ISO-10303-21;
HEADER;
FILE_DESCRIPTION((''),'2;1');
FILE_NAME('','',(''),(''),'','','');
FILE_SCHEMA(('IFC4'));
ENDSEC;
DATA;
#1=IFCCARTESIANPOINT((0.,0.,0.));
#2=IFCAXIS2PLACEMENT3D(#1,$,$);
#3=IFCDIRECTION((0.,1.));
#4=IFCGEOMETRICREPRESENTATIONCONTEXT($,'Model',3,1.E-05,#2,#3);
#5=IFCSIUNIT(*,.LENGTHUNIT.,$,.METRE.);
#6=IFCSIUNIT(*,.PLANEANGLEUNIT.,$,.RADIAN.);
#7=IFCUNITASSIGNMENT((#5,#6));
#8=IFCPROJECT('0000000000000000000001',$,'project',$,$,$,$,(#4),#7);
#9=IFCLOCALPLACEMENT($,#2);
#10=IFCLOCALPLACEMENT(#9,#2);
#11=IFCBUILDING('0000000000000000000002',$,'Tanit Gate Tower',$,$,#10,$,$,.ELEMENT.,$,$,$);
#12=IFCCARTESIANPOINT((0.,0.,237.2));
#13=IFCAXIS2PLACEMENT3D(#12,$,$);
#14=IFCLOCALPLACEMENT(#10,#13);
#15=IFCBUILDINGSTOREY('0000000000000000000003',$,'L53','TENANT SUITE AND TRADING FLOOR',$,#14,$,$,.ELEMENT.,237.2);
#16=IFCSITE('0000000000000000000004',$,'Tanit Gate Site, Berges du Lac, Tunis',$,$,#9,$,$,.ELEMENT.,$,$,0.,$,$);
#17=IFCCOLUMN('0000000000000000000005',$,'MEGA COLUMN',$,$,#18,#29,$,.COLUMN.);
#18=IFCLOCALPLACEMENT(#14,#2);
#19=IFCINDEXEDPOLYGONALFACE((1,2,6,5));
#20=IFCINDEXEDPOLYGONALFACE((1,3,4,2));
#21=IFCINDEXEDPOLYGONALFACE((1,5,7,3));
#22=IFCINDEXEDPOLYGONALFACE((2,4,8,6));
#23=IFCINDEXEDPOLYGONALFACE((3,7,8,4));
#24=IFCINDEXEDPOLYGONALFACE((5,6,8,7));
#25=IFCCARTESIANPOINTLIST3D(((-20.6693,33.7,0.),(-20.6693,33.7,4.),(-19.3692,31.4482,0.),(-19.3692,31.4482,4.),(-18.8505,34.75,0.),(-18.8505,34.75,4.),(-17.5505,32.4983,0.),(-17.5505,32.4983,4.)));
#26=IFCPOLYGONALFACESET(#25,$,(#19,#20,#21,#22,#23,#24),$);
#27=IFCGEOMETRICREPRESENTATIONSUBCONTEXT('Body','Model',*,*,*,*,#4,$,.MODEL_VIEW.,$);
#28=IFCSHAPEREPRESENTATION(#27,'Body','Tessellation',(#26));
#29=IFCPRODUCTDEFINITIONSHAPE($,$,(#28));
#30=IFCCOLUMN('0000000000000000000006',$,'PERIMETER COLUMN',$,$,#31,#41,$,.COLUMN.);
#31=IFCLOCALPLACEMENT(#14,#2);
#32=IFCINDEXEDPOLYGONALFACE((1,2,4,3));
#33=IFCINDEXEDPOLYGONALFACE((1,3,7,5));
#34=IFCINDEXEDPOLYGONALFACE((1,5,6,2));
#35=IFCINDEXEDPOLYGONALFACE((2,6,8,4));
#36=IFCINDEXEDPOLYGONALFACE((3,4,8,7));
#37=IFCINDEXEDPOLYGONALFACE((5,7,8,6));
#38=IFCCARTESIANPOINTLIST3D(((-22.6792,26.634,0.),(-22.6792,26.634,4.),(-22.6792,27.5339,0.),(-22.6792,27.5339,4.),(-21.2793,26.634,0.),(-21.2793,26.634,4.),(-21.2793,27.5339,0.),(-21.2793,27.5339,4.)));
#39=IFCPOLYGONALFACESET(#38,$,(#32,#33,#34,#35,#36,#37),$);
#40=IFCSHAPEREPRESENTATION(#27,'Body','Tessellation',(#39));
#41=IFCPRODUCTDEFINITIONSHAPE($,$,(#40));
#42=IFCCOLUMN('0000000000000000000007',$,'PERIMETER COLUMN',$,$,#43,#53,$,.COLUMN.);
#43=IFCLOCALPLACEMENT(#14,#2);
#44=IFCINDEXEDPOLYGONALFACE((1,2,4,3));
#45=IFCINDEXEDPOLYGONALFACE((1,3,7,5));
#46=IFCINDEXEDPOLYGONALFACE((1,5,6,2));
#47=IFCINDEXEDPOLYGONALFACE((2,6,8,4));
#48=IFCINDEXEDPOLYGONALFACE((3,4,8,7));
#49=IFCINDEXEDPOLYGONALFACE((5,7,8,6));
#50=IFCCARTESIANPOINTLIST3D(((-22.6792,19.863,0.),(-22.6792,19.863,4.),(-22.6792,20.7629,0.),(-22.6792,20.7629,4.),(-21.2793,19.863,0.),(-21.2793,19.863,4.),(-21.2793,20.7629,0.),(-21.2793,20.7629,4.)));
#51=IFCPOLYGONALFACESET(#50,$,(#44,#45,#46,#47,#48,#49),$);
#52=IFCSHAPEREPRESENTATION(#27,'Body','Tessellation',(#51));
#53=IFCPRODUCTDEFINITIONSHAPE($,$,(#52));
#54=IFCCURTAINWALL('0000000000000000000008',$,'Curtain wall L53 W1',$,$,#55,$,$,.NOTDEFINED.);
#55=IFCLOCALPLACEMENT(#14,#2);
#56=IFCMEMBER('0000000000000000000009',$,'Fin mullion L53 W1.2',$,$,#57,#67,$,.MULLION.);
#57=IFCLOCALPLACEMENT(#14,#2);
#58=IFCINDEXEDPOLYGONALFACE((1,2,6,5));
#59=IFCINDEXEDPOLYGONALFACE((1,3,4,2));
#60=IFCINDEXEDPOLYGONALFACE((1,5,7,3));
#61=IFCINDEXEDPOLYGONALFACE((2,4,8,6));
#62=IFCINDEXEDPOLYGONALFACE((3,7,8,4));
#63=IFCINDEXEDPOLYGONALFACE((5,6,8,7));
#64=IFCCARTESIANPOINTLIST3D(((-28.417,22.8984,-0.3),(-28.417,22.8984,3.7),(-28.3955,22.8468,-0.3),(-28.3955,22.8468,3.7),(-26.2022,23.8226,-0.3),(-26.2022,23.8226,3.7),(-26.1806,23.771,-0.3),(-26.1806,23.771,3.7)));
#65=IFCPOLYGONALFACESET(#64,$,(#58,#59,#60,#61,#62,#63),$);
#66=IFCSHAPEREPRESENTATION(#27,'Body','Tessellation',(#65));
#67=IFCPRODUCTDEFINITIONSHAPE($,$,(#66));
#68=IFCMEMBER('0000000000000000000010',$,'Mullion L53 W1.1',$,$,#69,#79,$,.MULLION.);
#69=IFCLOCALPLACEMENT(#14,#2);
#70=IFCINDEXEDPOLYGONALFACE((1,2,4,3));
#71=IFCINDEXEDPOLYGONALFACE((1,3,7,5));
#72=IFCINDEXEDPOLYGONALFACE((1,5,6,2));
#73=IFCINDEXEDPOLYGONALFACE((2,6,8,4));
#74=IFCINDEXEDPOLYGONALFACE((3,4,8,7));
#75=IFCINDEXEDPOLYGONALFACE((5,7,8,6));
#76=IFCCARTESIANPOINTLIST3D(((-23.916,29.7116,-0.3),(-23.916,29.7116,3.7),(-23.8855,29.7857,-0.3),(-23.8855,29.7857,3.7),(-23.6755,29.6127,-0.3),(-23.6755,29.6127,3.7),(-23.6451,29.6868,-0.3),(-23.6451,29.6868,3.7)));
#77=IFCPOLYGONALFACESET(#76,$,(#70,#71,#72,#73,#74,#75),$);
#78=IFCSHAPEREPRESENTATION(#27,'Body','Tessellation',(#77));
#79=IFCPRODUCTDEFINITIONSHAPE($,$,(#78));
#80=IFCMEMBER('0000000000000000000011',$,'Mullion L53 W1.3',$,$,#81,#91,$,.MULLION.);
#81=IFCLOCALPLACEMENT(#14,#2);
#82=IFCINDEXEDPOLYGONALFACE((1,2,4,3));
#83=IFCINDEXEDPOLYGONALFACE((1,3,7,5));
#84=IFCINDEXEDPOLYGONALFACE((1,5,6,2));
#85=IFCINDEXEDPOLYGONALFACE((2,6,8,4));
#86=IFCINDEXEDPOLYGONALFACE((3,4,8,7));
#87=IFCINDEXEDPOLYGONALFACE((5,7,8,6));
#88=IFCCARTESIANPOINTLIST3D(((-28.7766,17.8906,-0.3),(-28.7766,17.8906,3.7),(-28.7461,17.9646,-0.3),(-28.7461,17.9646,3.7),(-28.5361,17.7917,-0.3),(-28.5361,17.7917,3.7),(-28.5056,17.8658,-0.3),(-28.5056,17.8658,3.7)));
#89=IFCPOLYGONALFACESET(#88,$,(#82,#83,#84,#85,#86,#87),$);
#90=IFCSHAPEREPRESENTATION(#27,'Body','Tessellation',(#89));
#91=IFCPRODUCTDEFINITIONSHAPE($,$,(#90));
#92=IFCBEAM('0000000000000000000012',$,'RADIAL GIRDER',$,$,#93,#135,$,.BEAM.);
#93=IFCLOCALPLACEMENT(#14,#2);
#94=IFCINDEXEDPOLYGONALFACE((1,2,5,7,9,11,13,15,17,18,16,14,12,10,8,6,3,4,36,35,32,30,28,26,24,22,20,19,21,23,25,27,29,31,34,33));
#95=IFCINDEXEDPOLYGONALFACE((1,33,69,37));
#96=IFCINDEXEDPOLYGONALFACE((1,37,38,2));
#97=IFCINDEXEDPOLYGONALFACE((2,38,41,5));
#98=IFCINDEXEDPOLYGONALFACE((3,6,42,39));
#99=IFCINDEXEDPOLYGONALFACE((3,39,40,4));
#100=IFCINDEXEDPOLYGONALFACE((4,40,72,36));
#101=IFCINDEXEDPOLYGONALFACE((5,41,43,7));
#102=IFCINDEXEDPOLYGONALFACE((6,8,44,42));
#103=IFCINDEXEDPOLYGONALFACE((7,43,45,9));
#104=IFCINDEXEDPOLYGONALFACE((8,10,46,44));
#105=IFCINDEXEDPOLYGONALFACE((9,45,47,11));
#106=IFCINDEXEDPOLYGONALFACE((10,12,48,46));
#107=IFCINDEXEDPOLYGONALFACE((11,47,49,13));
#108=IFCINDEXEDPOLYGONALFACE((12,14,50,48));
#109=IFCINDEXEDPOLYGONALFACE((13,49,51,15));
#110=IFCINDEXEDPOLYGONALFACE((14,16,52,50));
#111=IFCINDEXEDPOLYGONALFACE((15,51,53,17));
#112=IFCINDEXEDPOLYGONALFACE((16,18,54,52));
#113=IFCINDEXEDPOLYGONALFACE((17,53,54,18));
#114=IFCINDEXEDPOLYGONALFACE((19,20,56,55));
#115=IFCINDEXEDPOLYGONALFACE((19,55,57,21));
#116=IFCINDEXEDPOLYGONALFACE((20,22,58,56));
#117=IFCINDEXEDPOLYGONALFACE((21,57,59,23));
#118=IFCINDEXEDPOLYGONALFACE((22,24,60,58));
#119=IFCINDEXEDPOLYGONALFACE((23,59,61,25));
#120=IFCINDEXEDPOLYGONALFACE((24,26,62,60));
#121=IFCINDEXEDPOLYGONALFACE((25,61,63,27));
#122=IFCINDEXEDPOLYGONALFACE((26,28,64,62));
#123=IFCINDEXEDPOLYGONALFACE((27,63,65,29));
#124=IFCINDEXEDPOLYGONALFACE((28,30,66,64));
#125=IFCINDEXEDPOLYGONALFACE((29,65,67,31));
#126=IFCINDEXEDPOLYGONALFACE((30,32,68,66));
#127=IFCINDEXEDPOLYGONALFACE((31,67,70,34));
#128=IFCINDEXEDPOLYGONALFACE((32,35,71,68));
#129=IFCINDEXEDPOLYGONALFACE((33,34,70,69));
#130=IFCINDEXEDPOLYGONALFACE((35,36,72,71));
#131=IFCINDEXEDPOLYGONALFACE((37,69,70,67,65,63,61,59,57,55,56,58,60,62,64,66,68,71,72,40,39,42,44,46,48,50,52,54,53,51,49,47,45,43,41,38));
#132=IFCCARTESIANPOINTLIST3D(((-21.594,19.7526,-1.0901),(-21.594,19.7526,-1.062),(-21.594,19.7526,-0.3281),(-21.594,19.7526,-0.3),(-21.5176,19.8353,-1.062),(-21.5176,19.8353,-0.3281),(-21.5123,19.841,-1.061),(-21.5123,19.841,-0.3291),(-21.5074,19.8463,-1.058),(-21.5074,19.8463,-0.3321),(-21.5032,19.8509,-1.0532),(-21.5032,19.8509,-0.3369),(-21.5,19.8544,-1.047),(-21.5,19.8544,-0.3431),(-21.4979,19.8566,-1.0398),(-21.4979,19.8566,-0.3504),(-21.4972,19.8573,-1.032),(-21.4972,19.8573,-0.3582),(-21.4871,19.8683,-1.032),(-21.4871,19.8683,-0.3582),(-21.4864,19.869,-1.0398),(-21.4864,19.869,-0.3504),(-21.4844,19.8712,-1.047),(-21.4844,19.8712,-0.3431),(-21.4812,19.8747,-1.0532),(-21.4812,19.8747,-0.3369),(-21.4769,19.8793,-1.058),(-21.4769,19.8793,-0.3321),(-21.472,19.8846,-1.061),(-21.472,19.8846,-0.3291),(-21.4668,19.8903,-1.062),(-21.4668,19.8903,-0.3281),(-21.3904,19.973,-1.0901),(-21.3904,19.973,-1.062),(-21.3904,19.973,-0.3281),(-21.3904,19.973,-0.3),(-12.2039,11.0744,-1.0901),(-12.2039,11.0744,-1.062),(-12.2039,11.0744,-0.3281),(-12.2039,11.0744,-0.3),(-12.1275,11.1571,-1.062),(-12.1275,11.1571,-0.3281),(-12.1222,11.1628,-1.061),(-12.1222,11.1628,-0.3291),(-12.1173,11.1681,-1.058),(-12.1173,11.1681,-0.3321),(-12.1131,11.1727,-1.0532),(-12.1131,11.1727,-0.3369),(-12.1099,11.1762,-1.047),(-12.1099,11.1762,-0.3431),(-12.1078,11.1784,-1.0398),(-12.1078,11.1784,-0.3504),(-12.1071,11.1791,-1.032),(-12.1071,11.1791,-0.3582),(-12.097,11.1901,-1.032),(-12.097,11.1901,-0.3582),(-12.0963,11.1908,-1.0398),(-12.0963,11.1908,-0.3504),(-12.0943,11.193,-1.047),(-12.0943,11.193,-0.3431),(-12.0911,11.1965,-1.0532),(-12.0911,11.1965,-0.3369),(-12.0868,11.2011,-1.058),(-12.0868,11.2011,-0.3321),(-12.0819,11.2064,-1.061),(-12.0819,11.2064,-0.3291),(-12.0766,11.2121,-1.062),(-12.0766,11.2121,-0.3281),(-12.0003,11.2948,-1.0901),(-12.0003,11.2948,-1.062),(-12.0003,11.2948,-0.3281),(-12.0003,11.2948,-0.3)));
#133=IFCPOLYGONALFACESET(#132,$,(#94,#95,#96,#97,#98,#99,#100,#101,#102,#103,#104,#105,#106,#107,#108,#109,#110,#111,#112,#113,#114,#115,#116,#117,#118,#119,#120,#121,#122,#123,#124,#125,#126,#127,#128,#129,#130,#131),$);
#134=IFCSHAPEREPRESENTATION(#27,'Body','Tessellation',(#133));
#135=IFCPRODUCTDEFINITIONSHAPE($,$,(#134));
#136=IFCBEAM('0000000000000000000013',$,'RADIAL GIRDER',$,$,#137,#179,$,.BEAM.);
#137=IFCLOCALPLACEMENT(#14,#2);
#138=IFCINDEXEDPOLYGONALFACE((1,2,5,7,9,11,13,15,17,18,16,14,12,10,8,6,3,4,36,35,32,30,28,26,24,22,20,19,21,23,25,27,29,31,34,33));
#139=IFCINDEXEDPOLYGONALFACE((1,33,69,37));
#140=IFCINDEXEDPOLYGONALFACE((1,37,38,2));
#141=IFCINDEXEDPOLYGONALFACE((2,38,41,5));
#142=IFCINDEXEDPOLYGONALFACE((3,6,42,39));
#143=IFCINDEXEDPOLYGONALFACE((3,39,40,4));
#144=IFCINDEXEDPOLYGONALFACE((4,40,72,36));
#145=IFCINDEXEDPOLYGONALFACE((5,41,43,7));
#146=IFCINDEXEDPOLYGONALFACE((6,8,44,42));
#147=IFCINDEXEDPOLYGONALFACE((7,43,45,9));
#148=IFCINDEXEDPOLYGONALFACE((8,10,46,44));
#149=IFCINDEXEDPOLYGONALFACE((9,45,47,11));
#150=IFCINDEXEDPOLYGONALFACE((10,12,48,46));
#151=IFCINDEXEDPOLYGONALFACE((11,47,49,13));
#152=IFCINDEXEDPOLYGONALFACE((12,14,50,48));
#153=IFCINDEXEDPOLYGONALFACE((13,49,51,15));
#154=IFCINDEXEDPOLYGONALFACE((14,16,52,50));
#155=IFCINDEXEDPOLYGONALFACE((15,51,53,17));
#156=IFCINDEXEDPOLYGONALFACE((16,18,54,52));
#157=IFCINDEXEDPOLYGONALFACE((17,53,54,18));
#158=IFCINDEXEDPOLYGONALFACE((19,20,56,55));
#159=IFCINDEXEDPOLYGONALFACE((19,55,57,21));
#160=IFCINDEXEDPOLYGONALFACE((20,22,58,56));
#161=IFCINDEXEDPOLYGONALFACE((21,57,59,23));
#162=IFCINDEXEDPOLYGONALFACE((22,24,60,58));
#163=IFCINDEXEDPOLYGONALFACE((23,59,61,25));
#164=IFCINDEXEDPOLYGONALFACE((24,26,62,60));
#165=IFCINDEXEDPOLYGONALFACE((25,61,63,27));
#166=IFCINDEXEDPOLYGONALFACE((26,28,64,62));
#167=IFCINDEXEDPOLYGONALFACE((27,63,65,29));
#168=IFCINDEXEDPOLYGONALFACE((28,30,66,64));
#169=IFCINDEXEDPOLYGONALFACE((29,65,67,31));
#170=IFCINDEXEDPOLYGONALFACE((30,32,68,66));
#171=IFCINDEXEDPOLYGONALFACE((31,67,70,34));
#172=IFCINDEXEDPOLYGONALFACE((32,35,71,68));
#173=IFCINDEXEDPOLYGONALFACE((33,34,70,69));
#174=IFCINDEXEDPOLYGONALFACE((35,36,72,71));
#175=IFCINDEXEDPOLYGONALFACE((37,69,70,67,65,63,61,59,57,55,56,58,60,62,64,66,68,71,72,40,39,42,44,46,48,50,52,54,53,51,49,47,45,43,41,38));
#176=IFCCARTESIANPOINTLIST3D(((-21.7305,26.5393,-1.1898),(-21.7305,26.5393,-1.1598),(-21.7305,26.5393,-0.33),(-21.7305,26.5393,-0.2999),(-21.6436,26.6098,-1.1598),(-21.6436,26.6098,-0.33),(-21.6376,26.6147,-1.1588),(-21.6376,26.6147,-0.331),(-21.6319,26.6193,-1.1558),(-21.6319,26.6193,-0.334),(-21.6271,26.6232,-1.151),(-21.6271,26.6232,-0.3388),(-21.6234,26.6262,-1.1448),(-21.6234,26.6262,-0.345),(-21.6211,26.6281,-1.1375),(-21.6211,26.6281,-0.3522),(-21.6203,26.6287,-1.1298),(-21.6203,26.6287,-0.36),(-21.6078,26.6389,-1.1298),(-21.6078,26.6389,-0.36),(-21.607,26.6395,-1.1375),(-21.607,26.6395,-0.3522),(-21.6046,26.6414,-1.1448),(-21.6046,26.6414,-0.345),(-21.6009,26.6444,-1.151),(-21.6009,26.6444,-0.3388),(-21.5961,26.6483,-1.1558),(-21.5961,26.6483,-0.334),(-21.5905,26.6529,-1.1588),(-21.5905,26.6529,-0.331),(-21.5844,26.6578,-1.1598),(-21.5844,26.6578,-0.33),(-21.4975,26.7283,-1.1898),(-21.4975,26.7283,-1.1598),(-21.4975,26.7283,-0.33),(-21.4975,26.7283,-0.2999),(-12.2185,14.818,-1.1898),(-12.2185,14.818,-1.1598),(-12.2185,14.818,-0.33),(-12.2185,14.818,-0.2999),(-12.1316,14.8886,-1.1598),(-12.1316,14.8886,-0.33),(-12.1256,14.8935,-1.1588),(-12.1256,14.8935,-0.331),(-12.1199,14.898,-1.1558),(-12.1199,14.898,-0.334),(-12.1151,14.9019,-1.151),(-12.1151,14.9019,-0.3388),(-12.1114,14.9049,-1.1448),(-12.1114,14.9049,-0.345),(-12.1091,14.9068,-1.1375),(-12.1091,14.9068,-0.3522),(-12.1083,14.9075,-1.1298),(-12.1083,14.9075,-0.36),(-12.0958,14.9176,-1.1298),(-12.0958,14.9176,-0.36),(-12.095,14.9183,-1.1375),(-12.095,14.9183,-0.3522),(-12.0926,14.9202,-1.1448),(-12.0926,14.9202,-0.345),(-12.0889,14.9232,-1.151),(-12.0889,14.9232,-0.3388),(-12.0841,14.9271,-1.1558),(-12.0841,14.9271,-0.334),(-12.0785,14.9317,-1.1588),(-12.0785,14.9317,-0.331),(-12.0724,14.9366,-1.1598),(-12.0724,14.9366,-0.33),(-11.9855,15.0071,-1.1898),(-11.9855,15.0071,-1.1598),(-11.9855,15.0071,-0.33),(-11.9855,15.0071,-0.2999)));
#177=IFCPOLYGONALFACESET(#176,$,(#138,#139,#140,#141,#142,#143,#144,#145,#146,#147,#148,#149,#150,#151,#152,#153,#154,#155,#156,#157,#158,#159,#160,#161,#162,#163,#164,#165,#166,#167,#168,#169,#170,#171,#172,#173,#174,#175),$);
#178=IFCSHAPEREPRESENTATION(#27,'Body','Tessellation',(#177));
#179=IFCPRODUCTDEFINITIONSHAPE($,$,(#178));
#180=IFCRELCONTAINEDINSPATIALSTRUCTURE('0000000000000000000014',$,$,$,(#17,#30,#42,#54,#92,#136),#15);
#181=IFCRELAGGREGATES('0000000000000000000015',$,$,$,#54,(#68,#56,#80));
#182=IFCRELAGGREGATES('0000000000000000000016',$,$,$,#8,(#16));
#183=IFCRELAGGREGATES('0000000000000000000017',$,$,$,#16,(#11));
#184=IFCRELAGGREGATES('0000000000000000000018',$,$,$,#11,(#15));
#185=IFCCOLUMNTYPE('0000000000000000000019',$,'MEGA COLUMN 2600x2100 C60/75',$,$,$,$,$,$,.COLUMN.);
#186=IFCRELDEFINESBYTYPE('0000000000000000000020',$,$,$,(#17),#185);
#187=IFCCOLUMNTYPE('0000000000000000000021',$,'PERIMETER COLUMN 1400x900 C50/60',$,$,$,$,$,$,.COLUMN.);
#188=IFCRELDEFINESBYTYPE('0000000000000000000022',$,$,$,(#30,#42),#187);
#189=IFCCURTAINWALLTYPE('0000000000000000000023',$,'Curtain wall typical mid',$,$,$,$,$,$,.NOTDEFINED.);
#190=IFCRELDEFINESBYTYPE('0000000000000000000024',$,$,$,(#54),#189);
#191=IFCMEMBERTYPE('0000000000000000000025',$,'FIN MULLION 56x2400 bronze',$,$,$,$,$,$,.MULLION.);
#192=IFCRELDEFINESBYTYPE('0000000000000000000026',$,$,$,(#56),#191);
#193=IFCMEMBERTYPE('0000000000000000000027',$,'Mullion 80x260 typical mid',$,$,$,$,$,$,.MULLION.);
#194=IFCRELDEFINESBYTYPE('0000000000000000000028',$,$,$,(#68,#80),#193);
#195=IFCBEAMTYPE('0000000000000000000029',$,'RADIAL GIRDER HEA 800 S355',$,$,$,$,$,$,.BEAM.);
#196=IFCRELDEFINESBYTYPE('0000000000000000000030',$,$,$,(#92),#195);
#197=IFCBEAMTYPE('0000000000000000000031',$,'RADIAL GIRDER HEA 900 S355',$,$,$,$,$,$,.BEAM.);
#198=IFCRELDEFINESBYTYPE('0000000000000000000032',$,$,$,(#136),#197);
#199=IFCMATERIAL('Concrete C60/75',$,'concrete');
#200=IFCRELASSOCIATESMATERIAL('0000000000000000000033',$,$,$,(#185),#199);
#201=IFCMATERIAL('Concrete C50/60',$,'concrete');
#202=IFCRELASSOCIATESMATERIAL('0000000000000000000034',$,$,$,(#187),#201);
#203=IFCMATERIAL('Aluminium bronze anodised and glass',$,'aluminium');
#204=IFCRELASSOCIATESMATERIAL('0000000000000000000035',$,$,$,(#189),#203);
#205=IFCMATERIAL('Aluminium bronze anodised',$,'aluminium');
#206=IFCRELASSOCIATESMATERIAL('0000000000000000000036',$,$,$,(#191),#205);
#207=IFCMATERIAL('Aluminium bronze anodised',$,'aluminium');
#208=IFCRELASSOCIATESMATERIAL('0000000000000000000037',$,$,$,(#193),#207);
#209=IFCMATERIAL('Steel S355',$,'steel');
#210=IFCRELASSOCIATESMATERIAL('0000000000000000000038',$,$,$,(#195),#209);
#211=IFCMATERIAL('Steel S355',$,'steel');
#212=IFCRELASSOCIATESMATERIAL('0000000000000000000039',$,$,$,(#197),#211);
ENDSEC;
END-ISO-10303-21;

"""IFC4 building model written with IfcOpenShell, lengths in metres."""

from ifc_helpers import new_model, si_unit, direction, frame, origin, origin_2d, place, context, subcontext, project, spatial, rectangle, i_section, extrude, material, material_profile, profile_set, type_object, element, aggregate, save


model = new_model("IFC4")

# Units and contexts
model_context = context("Model", 3, precision=1e-05, world=origin(), true_north=direction((0.0, 1.0)))
body_context = subcontext(model_context, "Body", "Model", "MODEL_VIEW")
ifc_project = project(units=[si_unit("LENGTHUNIT", "METRE"), si_unit("PLANEANGLEUNIT", "RADIAN")], contexts=[model_context])

# Site, building, storey
site_placement = place(None, origin())
site = spatial("IfcSite", under=ifc_project, at=site_placement, Name="Tanit Gate Site, Berges du Lac, Tunis", CompositionType="ELEMENT", RefElevation=0.0)
building_placement = place(site_placement, origin())
building = spatial("IfcBuilding", under=site, at=building_placement, Name="Tanit Gate Tower", CompositionType="ELEMENT")
storey_placement = place(building_placement, frame((0.0, 0.0, 237.2)))
storey = spatial("IfcBuildingStorey", under=building, at=storey_placement, Name="L53", Description="TENANT SUITE AND TRADING FLOOR", CompositionType="ELEMENT", Elevation=237.2)

# Columns
ifc_material_1 = material(Name="Concrete C60/75", Category="concrete")
ifc_material_profile_1 = material_profile(ifc_material_1, rectangle(XDim=2.6001, YDim=2.1001, at=origin_2d()), Name="RC 2600x2100")
ifc_profile_set_1 = profile_set([ifc_material_profile_1], Name="Concrete C60/75")
column_type_1 = type_object("IfcColumnType", Name="MEGA COLUMN 2600x2100 C60/75", PredefinedType="COLUMN", material=ifc_profile_set_1)
column_placement = place(storey_placement, frame((-19.1099, 33.0991, 0.0), z_axis=(0.0, 0.0, 1.0), x_axis=(-0.5, 0.866025, 0.0)))
element("IfcColumn", 1, at=column_placement, inside=storey, type_object=column_type_1, Name="MEGA COLUMN", PredefinedType="COLUMN", context=body_context, shape_type="SweptSolid", body=[
    extrude(rectangle(XDim=2.6001, YDim=2.1001, at=origin_2d()), origin(), (0.0, 0.0, 1.0), 4.0),
])
ifc_material_2 = material(Name="Concrete C50/60", Category="concrete")
ifc_material_profile_2 = material_profile(ifc_material_2, rectangle(XDim=1.3999, YDim=0.8999, at=origin_2d()), Name="RC 1400x900")
ifc_profile_set_2 = profile_set([ifc_material_profile_2], Name="Concrete C50/60")
column_type_2 = type_object("IfcColumnType", Name="PERIMETER COLUMN 1400x900 C50/60", PredefinedType="COLUMN", material=ifc_profile_set_2)
for number, where, z_axis, x_axis, name in (
    (2, (-21.9792, 27.084, 0.0), (0.0, 0.0, 1.0), (-1.0, 0.0, 0.0), "PERIMETER COLUMN"),
    (3, (-21.9792, 20.313, 0.0), (0.0, 0.0, 1.0), (-1.0, 0.0, 0.0), "PERIMETER COLUMN"),
):
    element("IfcColumn", number, at=place(storey_placement, frame(where, z_axis=z_axis, x_axis=x_axis)), inside=storey, type_object=column_type_2, Name=name, PredefinedType="COLUMN", context=body_context, shape_type="SweptSolid", body=[
        extrude(rectangle(XDim=1.3999, YDim=0.8999, at=origin_2d()), origin(), (0.0, 0.0, 1.0), 4.0),
    ])

# Curtain wall, members
ifc_material_3 = material(Name="Aluminium bronze anodised and glass", Category="aluminium")
curtain_wall_type = type_object("IfcCurtainWallType", Name="Curtain wall typical mid", PredefinedType="NOTDEFINED", material=ifc_material_3)
curtain_wall_placement = place(storey_placement, origin())
curtain_wall = element("IfcCurtainWall", 4, at=curtain_wall_placement, inside=storey, type_object=curtain_wall_type, Name="Curtain wall L53 W1", PredefinedType="NOTDEFINED")
ifc_material_4 = material(Name="Aluminium bronze anodised", Category="aluminium")
ifc_material_profile_3 = material_profile(ifc_material_4, rectangle(XDim=2.3999, YDim=0.0559, at=origin_2d()), Name="56x2400 bronze fin mullion")
ifc_profile_set_3 = profile_set([ifc_material_profile_3], Name="Aluminium bronze anodised")
member_type_1 = type_object("IfcMemberType", Name="FIN MULLION 56x2400 bronze", PredefinedType="MULLION", material=ifc_profile_set_3)
member_1_placement = place(storey_placement, frame((-27.2988, 23.3347, -0.3), z_axis=(0.0, 0.0, 1.0), x_axis=(0.922886, 0.385074, 0.0)))
member_1 = element("IfcMember", 5, at=member_1_placement, type_object=member_type_1, Name="Fin mullion L53 W1.2", PredefinedType="MULLION", context=body_context, shape_type="SweptSolid", body=[
    extrude(rectangle(XDim=2.3999, YDim=0.0559, at=origin_2d()), origin(), (0.0, 0.0, 1.0), 4.0),
])
ifc_material_5 = material(Name="Aluminium bronze anodised", Category="aluminium")
ifc_material_profile_4 = material_profile(ifc_material_5, rectangle(XDim=0.26, YDim=0.0801, at=origin_2d()), Name="80x260 bronze mullion")
ifc_profile_set_4 = profile_set([ifc_material_profile_4], Name="Aluminium bronze anodised")
member_type_2 = type_object("IfcMemberType", Name="Mullion 80x260 typical mid", PredefinedType="MULLION", material=ifc_profile_set_4)
member_2_placement = place(storey_placement, frame((-23.7805, 29.6992, -0.3), z_axis=(0.0, 0.0, 1.0), x_axis=(0.924867, -0.38029, 0.0)))
member_2 = element("IfcMember", 6, at=member_2_placement, type_object=member_type_2, Name="Mullion L53 W1.1", PredefinedType="MULLION", context=body_context, shape_type="SweptSolid", body=[
    extrude(rectangle(XDim=0.26, YDim=0.0801, at=origin_2d()), origin(), (0.0, 0.0, 1.0), 4.0),
])
member_3_placement = place(storey_placement, frame((-28.6411, 17.8782, -0.3), z_axis=(0.0, 0.0, 1.0), x_axis=(0.924867, -0.38029, 0.0)))
member_3 = element("IfcMember", 7, at=member_3_placement, type_object=member_type_2, Name="Mullion L53 W1.3", PredefinedType="MULLION", context=body_context, shape_type="SweptSolid", body=[
    extrude(rectangle(XDim=0.26, YDim=0.0801, at=origin_2d()), origin(), (0.0, 0.0, 1.0), 4.0),
])

# Beams
ifc_material_6 = material(Name="Steel S355", Category="steel")
ifc_material_profile_5 = material_profile(ifc_material_6, i_section(OverallWidth=0.3, OverallDepth=0.79, WebThickness=0.0149, FlangeThickness=0.0281, FilletRadius=0.03, at=origin_2d()), Name="HEA 800")
ifc_profile_set_5 = profile_set([ifc_material_profile_5], Name="Steel S355")
beam_type_1 = type_object("IfcBeamType", Name="RADIAL GIRDER HEA 800 S355", PredefinedType="BEAM", material=ifc_profile_set_5)
beam_1_placement = place(storey_placement, frame((-21.4922, 19.8628, -0.6951), z_axis=(0.734398, -0.678719, 0.0), x_axis=(0.678719, 0.734398, 0.0)))
element("IfcBeam", 8, at=beam_1_placement, inside=storey, type_object=beam_type_1, Name="RADIAL GIRDER", PredefinedType="BEAM", context=body_context, shape_type="SweptSolid", body=[
    extrude(i_section(OverallWidth=0.3, OverallDepth=0.79, WebThickness=0.0149, FlangeThickness=0.0281, FilletRadius=0.03, at=origin_2d()), origin(), (0.0, 0.0, 1.0), 12.7861),
])
ifc_material_7 = material(Name="Steel S355", Category="steel")
ifc_material_profile_6 = material_profile(ifc_material_7, i_section(OverallWidth=0.3, OverallDepth=0.8899, WebThickness=0.0161, FlangeThickness=0.03, FilletRadius=0.03, at=origin_2d()), Name="HEA 900")
ifc_profile_set_6 = profile_set([ifc_material_profile_6], Name="Steel S355")
beam_type_2 = type_object("IfcBeamType", Name="RADIAL GIRDER HEA 900 S355", PredefinedType="BEAM", material=ifc_profile_set_6)
beam_2_placement = place(storey_placement, frame((-21.614, 26.6338, -0.7449), z_axis=(0.630133, -0.776487, 0.0), x_axis=(0.776487, 0.630133, 0.0)))
element("IfcBeam", 9, at=beam_2_placement, inside=storey, type_object=beam_type_2, Name="RADIAL GIRDER", PredefinedType="BEAM", context=body_context, shape_type="SweptSolid", body=[
    extrude(i_section(OverallWidth=0.3, OverallDepth=0.8899, WebThickness=0.0161, FlangeThickness=0.03, FilletRadius=0.03, at=origin_2d()), origin(), (0.0, 0.0, 1.0), 15.0952),
])

aggregate(curtain_wall, [member_2, member_1, member_3])

save(model, "model.ifc")
